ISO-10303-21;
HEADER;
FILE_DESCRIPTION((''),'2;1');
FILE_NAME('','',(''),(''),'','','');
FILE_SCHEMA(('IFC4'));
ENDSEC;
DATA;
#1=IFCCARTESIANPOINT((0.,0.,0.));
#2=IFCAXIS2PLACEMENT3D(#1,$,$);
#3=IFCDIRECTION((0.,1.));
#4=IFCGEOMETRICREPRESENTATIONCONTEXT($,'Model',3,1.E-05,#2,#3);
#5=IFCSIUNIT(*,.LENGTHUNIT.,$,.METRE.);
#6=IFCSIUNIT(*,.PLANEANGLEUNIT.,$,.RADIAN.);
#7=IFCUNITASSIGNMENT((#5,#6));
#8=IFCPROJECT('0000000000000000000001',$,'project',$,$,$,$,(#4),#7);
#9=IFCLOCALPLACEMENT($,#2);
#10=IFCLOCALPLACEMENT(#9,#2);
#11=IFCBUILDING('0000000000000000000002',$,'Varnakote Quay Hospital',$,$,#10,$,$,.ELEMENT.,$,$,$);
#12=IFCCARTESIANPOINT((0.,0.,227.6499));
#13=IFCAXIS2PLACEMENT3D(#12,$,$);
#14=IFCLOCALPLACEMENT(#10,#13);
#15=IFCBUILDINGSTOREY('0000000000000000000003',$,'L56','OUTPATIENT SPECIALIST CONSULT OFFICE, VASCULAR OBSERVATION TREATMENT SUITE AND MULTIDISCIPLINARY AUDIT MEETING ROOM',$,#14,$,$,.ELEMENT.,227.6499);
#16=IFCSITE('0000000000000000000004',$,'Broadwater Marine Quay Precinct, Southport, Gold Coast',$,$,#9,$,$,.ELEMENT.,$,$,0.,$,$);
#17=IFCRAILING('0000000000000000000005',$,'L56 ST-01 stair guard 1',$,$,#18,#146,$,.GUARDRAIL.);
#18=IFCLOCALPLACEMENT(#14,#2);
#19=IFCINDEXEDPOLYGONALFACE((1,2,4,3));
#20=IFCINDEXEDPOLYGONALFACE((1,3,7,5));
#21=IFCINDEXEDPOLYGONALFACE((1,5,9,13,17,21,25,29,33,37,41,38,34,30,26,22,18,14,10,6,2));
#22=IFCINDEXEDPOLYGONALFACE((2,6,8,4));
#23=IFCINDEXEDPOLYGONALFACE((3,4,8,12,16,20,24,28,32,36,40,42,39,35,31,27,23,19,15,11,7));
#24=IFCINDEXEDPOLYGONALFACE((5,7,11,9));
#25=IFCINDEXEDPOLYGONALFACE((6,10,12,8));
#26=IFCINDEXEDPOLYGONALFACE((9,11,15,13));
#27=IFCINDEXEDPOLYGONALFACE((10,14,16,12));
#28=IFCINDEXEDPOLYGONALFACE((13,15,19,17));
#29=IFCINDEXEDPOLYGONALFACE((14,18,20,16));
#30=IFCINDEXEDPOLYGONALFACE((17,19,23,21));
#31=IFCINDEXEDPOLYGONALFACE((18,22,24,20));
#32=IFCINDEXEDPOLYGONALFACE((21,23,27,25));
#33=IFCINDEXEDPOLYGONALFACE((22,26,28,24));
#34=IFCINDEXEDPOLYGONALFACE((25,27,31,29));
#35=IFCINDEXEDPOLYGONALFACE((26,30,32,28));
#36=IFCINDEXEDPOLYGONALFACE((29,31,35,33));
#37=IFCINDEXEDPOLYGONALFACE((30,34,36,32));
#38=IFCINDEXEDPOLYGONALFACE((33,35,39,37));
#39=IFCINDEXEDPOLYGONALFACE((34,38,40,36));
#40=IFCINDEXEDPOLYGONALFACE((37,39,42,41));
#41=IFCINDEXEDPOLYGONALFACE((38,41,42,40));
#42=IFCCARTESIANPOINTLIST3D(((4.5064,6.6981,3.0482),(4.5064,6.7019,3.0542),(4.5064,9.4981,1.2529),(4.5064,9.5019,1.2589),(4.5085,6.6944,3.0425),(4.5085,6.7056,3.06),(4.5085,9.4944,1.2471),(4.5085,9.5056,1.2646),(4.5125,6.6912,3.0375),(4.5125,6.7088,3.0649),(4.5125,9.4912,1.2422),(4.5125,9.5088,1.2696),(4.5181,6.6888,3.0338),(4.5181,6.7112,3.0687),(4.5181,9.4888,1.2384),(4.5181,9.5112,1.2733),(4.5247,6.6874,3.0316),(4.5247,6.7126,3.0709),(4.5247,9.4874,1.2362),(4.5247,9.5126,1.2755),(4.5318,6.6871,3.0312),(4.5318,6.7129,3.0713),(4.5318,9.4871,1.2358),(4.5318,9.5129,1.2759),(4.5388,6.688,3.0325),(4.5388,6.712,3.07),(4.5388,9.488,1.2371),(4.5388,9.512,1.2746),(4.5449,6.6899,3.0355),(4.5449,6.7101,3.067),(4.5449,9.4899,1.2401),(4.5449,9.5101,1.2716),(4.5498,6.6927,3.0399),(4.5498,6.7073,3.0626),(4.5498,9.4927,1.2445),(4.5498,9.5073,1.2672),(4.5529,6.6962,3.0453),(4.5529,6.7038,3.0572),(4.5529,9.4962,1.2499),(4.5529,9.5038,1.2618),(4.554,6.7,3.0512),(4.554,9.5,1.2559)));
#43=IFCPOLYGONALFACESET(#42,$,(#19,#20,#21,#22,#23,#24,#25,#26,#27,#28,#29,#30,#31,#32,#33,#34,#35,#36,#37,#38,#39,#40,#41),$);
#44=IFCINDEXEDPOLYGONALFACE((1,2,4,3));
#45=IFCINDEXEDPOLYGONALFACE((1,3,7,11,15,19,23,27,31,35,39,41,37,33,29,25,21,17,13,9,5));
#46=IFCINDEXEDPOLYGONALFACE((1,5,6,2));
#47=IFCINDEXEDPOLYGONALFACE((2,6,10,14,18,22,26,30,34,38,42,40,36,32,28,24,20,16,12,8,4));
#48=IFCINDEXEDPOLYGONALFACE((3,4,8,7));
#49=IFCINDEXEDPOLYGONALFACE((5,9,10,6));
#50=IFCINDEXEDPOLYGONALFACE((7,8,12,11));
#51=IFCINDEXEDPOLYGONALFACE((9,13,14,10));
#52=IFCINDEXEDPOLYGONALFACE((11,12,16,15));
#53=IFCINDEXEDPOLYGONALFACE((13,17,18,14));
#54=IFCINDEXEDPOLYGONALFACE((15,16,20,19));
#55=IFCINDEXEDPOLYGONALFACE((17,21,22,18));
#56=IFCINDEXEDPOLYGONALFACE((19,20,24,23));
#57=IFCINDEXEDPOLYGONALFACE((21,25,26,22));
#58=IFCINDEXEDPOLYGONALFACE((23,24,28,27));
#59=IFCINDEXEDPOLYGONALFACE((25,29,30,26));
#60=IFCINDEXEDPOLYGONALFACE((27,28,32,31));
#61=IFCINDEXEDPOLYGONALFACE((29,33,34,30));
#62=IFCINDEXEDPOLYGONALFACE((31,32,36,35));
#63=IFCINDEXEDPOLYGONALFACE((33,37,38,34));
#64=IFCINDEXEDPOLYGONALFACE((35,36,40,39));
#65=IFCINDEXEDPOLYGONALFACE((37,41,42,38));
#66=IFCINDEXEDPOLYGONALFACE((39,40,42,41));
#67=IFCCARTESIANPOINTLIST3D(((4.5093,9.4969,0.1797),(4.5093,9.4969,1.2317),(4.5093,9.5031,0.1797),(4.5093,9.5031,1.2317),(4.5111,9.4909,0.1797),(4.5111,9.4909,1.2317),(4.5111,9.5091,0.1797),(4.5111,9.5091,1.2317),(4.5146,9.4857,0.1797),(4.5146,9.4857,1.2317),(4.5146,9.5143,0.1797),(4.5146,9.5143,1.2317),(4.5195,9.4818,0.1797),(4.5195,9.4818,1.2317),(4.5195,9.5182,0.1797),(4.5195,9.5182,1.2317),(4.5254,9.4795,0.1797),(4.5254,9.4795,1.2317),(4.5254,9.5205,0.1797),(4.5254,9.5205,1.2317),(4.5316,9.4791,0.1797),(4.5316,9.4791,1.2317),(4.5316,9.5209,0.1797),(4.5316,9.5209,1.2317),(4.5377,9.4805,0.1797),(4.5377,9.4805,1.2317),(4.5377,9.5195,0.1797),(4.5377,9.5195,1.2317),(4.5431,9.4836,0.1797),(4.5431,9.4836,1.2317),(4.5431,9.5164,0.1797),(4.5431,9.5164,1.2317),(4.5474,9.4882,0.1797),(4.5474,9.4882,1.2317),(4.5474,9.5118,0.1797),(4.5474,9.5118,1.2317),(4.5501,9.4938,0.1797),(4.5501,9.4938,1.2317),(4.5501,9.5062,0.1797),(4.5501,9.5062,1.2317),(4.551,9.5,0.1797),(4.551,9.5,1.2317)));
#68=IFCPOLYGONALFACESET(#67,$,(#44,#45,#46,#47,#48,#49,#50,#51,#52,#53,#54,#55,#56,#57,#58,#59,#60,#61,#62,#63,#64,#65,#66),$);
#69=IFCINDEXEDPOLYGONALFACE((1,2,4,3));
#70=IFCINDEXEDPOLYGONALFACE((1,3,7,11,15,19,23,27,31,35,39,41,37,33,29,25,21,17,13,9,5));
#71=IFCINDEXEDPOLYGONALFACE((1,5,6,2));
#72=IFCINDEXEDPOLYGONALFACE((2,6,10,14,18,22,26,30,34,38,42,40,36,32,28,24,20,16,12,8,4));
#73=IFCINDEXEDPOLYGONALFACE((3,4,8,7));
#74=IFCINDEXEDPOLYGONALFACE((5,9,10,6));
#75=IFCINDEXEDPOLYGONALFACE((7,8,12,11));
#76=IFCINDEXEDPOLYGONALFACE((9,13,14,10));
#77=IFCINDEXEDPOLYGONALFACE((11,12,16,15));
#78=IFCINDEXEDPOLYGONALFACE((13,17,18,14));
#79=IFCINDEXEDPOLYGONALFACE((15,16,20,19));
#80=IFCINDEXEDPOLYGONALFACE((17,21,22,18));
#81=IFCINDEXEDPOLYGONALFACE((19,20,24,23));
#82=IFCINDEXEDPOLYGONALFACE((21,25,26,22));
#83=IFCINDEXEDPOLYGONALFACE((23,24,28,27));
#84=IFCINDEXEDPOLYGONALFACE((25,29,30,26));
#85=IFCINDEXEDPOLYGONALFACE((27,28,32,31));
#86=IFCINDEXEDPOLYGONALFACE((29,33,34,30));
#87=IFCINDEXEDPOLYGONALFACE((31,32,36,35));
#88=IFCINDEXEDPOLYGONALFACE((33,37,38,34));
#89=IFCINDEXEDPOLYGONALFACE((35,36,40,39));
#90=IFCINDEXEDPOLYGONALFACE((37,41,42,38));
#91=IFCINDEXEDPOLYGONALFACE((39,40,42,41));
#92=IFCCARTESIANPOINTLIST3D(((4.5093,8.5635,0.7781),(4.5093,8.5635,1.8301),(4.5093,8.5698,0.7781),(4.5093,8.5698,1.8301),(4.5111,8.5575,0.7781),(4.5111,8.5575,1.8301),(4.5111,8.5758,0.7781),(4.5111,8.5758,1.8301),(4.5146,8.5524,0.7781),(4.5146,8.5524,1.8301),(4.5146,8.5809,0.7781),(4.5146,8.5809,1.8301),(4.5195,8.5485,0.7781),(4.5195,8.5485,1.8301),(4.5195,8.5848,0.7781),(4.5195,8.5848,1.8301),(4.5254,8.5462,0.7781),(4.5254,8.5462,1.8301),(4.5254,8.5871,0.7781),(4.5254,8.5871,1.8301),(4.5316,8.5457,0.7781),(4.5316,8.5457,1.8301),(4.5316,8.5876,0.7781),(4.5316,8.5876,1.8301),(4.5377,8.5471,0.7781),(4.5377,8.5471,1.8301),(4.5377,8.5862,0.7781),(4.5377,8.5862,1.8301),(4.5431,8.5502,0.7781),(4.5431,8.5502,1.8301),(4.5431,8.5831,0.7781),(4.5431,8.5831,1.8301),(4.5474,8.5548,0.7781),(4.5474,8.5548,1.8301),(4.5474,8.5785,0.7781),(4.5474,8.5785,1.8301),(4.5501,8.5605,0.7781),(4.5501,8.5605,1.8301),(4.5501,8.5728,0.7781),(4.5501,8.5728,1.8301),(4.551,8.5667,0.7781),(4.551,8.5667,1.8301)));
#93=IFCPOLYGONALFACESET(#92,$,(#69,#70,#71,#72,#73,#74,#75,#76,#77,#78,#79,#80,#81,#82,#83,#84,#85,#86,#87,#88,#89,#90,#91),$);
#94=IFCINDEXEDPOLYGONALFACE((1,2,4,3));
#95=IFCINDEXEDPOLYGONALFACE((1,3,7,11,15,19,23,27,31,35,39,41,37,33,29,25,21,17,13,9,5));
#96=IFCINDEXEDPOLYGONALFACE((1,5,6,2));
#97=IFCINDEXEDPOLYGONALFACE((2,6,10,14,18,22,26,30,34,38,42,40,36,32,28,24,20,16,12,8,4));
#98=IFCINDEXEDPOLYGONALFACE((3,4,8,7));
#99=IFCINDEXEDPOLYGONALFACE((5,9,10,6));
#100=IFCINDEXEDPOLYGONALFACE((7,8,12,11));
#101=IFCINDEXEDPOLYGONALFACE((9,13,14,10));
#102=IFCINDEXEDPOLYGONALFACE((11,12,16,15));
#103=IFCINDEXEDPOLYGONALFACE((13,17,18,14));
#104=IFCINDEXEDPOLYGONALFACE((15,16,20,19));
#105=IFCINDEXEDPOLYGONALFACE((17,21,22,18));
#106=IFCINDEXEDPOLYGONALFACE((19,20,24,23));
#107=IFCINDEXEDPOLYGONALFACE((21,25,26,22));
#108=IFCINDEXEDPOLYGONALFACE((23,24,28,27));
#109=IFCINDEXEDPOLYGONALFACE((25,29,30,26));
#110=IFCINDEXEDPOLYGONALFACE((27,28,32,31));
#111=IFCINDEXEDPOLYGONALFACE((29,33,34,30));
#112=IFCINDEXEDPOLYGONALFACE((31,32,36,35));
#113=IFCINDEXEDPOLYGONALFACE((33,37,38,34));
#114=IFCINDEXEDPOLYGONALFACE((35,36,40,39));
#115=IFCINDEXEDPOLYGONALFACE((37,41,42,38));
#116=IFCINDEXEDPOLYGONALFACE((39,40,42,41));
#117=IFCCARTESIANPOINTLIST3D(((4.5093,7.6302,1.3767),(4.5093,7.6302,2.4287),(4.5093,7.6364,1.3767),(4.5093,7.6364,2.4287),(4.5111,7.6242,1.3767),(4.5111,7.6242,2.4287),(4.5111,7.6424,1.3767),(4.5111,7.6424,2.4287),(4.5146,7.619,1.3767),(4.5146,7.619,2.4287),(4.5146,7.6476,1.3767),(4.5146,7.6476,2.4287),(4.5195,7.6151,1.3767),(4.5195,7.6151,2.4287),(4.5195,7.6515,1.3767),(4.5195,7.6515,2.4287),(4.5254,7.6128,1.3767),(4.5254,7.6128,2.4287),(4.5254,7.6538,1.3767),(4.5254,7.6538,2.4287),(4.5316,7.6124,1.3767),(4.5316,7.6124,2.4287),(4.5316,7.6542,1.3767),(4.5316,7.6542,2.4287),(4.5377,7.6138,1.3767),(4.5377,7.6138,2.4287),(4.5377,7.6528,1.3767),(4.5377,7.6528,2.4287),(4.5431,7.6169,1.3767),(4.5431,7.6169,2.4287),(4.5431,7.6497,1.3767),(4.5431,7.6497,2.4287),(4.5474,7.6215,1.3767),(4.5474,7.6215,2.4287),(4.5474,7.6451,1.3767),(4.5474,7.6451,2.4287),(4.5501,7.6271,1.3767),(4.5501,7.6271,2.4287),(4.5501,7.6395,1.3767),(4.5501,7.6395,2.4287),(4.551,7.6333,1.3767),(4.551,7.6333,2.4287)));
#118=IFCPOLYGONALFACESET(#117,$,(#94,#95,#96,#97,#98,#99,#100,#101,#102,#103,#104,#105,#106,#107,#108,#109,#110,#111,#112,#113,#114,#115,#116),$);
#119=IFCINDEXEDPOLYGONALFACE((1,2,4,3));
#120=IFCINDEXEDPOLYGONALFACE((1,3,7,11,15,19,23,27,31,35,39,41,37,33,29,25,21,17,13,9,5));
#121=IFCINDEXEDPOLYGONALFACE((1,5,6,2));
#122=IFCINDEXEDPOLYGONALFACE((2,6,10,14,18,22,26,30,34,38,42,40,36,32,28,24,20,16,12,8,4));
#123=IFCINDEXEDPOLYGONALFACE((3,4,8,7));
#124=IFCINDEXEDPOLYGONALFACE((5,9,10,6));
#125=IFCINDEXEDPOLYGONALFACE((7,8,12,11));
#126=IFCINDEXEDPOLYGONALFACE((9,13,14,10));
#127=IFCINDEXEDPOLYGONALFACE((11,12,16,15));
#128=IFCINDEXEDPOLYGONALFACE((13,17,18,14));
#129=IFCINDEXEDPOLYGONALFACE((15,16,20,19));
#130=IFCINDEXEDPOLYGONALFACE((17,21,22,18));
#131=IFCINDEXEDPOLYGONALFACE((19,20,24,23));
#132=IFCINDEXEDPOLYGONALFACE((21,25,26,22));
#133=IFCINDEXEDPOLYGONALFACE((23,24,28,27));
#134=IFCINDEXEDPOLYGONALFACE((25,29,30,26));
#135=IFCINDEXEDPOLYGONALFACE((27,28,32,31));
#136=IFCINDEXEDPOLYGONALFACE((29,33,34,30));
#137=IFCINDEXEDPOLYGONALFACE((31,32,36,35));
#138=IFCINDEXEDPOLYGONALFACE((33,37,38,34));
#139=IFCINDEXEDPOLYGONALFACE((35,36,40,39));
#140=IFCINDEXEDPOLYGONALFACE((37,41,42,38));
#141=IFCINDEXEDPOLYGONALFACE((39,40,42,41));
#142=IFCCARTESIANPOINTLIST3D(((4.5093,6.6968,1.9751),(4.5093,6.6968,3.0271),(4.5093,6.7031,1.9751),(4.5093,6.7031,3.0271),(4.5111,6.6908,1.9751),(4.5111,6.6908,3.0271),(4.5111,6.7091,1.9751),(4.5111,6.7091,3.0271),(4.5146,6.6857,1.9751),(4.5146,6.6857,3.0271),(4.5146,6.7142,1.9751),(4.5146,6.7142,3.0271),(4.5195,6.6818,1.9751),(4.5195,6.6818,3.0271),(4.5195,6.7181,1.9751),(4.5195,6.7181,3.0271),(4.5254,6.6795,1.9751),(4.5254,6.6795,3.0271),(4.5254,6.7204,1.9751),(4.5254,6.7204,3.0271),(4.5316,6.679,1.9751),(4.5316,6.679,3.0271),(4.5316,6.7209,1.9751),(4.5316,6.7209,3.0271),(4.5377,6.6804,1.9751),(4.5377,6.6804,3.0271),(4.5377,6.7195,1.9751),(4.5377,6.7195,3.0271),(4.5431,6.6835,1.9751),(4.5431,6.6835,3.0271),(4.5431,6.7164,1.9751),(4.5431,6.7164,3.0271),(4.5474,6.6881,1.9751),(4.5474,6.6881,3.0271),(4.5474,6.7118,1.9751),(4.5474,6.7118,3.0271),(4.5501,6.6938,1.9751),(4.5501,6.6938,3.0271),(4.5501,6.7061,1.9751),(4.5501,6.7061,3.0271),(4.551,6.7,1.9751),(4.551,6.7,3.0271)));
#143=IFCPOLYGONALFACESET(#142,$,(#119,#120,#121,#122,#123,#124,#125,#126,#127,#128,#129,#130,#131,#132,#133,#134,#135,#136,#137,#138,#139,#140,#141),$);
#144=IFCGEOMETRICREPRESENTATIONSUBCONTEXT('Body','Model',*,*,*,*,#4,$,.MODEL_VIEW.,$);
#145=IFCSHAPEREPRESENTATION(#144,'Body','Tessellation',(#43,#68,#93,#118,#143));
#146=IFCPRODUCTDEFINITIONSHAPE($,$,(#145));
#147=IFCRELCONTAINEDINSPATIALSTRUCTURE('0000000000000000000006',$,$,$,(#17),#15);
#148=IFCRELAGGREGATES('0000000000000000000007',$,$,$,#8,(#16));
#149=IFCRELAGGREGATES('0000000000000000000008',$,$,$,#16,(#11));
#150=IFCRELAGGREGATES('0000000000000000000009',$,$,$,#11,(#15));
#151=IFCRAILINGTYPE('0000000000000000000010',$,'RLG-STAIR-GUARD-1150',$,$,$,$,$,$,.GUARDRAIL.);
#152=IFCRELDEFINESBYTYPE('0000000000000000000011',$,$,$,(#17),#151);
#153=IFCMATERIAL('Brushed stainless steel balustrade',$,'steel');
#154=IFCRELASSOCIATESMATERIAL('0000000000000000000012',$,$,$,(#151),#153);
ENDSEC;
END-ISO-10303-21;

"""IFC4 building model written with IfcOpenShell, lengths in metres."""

from ifc_helpers import new_model, si_unit, direction, frame, origin, origin_2d, place, context, subcontext, project, spatial, circle, extrude, material, type_object, element, save


model = new_model("IFC4")

# Units and contexts
model_context = context("Model", 3, precision=1e-05, world=origin(), true_north=direction((0.0, 1.0)))
body_context = subcontext(model_context, "Body", "Model", "MODEL_VIEW")
ifc_project = project(units=[si_unit("LENGTHUNIT", "METRE"), si_unit("PLANEANGLEUNIT", "RADIAN")], contexts=[model_context])

# Site, building, storey
site_placement = place(None, origin())
site = spatial("IfcSite", under=ifc_project, at=site_placement, Name="Broadwater Marine Quay Precinct, Southport, Gold Coast", CompositionType="ELEMENT", RefElevation=0.0)
building_placement = place(site_placement, origin())
building = spatial("IfcBuilding", under=site, at=building_placement, Name="Varnakote Quay Hospital", CompositionType="ELEMENT")
storey_placement = place(building_placement, frame((0.0, 0.0, 227.6499)))
storey = spatial("IfcBuildingStorey", under=building, at=storey_placement, Name="L56", Description="OUTPATIENT SPECIALIST CONSULT OFFICE, VASCULAR OBSERVATION TREATMENT SUITE AND MULTIDISCIPLINARY AUDIT MEETING ROOM", CompositionType="ELEMENT", Elevation=227.6499)

# Railing
ifc_material_1 = material(Name="Brushed stainless steel balustrade", Category="steel")
railing_type_1 = type_object("IfcRailingType", Name="RLG-STAIR-GUARD-1150", PredefinedType="GUARDRAIL", material=ifc_material_1)
railing_1_placement = place(storey_placement, frame((4.53, 9.5, 0.1797)))
element("IfcRailing", 1, at=railing_1_placement, inside=storey, type_object=railing_type_1, Name="L56 ST-01 stair guard 1", PredefinedType="GUARDRAIL", context=body_context, shape_type="SweptSolid", body=[
    extrude(circle(Radius=0.0239, at=origin_2d()), frame((0.0, 0.0, 1.0762), z_axis=(0.0, -0.84181, 0.539774), x_axis=(1.0, 0.0, 0.0)), (0.0, 0.0, 1.0), 3.3262),
    extrude(circle(Radius=0.021, at=origin_2d()), origin(), (0.0, 0.0, 1.0), 1.052),
    extrude(circle(Radius=0.021, at=origin_2d()), frame((0.0, -0.9333, 0.5984)), (0.0, 0.0, 1.0), 1.052),
    extrude(circle(Radius=0.021, at=origin_2d()), frame((0.0, -1.8667, 1.197)), (0.0, 0.0, 1.0), 1.052),
    extrude(circle(Radius=0.021, at=origin_2d()), frame((0.0, -2.8, 1.7954)), (0.0, 0.0, 1.0), 1.052),
])

save(model, "model.ifc")
